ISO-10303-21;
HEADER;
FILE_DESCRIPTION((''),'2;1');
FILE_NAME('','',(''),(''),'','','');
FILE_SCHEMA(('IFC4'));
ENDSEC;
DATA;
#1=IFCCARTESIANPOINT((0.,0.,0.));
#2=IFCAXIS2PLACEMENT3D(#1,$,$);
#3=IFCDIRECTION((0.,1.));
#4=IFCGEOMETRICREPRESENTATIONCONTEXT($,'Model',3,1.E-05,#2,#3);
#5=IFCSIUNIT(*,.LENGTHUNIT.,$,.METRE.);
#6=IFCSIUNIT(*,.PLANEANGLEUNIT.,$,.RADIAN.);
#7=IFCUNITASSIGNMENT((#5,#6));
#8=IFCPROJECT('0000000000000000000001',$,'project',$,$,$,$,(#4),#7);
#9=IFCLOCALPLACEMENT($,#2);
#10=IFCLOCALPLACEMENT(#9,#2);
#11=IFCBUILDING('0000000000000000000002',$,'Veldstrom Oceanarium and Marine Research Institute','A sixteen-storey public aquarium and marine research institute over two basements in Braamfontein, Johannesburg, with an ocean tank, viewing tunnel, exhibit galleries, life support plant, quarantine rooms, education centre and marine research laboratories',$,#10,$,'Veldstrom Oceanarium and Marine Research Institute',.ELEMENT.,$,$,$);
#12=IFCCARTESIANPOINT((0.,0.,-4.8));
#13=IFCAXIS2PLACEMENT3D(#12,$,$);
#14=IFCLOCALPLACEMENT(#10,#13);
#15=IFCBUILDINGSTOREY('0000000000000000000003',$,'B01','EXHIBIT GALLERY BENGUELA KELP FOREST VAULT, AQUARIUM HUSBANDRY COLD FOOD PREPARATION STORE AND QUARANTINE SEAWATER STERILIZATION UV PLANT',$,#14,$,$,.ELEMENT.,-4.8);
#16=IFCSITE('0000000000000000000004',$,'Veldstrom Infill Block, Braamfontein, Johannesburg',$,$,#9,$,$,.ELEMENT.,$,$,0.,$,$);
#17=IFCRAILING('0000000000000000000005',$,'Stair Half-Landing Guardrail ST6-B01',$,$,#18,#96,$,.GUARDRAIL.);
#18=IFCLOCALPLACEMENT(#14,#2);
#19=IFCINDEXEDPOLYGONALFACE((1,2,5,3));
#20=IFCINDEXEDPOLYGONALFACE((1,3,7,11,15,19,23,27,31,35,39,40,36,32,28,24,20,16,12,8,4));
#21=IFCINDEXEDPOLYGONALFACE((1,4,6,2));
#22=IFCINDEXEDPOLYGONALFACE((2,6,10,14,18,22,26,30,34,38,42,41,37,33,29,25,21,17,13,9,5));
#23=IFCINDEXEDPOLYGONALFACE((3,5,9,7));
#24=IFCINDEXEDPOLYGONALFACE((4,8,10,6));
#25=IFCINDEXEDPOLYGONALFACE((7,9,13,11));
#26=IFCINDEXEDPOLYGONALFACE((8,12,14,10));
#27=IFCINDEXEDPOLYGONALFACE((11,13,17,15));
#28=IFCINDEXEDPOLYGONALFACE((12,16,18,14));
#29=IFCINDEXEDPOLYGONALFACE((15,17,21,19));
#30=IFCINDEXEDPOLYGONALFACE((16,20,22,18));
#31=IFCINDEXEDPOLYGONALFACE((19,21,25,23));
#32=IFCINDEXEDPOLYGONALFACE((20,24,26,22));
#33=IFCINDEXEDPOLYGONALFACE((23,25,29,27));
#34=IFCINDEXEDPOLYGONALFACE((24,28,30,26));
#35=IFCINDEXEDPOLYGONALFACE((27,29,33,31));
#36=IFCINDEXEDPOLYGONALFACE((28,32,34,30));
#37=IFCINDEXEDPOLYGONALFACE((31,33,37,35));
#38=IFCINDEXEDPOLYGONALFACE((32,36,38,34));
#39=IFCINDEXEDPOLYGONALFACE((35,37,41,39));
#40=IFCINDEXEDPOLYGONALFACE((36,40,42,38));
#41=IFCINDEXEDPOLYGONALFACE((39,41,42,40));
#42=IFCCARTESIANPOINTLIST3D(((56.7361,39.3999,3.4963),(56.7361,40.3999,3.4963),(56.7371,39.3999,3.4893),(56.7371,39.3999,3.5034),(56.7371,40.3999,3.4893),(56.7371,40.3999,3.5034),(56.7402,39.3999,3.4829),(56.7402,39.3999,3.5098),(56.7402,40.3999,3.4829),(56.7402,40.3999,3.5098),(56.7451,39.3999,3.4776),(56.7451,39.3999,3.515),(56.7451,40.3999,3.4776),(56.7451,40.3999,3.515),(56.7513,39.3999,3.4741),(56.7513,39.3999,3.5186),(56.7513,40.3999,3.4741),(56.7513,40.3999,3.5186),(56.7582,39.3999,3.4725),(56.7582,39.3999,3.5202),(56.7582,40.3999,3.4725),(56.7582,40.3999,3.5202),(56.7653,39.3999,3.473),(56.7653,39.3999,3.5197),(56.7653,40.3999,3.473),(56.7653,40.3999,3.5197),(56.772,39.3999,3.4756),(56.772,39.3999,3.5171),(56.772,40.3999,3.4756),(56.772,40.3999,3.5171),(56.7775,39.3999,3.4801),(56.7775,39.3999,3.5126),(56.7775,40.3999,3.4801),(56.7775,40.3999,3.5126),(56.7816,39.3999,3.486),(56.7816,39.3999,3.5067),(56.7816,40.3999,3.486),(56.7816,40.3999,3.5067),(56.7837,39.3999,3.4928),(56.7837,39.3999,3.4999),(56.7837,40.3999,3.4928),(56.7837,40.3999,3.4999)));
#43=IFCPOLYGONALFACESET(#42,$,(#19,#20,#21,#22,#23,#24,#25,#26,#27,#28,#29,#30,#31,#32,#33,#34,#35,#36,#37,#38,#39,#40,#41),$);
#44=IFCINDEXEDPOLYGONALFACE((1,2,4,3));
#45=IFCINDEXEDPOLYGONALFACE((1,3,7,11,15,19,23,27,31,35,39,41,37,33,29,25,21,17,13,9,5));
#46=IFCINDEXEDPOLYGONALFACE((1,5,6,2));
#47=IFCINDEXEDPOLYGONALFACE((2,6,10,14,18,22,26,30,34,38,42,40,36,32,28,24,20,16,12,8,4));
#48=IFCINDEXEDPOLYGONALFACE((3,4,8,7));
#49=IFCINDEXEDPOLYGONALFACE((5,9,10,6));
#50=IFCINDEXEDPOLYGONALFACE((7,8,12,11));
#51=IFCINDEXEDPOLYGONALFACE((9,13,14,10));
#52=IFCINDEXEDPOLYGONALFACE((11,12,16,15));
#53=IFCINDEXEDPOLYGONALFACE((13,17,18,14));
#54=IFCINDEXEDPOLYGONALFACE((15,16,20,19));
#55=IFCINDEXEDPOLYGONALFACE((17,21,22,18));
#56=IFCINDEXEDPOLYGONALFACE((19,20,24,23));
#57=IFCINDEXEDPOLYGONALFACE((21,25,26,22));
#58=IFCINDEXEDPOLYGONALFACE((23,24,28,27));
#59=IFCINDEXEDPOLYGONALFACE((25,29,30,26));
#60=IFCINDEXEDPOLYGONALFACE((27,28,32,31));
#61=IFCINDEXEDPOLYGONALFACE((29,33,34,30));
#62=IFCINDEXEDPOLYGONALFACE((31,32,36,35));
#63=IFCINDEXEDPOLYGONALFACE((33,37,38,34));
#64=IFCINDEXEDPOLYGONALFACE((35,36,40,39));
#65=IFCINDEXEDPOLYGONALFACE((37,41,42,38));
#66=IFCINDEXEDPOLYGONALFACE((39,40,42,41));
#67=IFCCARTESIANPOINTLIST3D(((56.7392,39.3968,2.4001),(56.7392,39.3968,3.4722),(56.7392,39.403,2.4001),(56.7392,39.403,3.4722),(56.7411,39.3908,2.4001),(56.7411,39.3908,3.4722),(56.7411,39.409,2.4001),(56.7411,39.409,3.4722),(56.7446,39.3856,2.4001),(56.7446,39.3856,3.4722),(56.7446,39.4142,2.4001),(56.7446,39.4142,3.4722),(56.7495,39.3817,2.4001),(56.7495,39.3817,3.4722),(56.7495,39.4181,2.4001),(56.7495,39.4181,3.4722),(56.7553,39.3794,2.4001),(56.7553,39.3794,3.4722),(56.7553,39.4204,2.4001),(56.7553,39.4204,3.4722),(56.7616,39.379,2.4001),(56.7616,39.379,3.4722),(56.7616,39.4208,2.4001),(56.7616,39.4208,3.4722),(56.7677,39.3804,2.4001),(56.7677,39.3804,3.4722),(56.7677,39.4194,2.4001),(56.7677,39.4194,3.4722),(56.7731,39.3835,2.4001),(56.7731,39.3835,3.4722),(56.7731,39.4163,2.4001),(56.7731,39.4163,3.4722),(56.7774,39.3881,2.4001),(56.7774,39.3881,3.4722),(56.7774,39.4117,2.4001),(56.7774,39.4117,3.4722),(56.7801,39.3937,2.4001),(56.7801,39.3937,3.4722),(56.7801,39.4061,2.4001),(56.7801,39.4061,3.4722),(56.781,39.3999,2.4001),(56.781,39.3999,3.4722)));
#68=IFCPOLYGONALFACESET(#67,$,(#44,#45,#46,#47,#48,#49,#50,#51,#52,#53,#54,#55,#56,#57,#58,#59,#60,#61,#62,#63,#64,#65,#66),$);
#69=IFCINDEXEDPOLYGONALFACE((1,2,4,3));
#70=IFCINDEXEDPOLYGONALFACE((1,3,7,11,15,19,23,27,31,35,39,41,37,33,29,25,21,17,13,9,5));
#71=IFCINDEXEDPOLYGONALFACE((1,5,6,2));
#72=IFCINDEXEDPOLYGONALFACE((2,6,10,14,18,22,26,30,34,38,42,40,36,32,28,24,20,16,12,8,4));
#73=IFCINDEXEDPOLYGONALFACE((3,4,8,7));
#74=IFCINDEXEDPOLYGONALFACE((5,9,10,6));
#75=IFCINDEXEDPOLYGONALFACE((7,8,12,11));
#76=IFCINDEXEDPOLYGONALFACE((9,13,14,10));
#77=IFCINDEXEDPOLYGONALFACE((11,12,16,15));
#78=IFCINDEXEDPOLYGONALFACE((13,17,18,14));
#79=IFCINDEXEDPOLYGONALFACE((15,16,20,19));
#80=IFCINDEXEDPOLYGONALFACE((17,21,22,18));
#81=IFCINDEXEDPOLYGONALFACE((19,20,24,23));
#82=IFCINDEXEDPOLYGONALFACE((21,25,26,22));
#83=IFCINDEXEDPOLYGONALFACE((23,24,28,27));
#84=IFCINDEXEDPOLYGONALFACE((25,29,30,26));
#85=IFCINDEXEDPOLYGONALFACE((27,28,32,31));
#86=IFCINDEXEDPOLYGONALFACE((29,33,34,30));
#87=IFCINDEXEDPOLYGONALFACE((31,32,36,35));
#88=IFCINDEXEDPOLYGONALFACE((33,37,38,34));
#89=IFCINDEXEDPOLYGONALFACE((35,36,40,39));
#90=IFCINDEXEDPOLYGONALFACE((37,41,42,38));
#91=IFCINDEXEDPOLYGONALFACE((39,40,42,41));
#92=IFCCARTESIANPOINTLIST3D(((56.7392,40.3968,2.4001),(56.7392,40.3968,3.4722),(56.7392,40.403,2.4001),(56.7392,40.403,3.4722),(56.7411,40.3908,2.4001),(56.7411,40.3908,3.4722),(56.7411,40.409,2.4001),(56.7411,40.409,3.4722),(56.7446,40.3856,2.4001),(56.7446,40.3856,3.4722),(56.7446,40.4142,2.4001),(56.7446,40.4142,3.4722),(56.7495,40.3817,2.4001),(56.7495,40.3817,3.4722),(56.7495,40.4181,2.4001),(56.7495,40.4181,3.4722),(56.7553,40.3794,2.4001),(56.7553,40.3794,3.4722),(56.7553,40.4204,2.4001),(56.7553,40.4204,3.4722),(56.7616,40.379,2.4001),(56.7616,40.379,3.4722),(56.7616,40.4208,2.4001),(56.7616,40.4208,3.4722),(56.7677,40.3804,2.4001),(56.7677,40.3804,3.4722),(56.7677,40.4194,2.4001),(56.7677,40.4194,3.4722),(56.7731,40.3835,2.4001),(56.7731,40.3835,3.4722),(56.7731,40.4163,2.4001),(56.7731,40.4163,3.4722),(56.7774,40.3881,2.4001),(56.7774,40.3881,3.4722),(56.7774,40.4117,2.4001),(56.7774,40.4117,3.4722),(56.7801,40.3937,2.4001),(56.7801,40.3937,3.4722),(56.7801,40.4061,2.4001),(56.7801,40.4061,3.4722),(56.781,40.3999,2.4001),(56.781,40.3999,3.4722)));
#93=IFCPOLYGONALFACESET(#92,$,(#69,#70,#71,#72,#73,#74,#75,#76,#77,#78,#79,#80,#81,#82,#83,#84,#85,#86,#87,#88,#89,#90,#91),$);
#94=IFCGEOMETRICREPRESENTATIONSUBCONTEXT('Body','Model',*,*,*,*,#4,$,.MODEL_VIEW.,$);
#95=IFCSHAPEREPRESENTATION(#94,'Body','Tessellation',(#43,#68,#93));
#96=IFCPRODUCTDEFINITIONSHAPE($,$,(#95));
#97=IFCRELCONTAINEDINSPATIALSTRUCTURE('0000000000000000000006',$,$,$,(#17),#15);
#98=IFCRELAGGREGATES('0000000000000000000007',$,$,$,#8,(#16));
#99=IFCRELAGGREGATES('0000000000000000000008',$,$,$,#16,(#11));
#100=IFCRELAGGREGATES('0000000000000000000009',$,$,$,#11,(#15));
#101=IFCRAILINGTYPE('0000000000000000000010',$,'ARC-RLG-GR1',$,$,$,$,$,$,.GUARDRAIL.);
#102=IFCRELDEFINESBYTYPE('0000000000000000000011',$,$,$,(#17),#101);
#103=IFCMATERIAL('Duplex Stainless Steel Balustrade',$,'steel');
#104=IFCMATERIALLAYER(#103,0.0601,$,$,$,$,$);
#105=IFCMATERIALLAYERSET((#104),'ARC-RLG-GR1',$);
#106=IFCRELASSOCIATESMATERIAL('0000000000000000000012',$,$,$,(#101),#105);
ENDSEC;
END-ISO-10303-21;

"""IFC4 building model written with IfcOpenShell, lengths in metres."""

from ifc_helpers import new_model, si_unit, direction, frame, origin, origin_2d, place, context, subcontext, project, spatial, circle, extrude, material, layer, layer_set, type_object, element, save


model = new_model("IFC4")

# Units and contexts
model_context = context("Model", 3, precision=1e-05, world=origin(), true_north=direction((0.0, 1.0)))
body_context = subcontext(model_context, "Body", "Model", "MODEL_VIEW")
ifc_project = project(units=[si_unit("LENGTHUNIT", "METRE"), si_unit("PLANEANGLEUNIT", "RADIAN")], contexts=[model_context])

# Site, building, storey
site_placement = place(None, origin())
site = spatial("IfcSite", under=ifc_project, at=site_placement, Name="Veldstrom Infill Block, Braamfontein, Johannesburg", CompositionType="ELEMENT", RefElevation=0.0)
building_placement = place(site_placement, origin())
building = spatial("IfcBuilding", under=site, at=building_placement, Name="Veldstrom Oceanarium and Marine Research Institute", Description="A sixteen-storey public aquarium and marine research institute over two basements in Braamfontein, Johannesburg, with an ocean tank, viewing tunnel, exhibit galleries, life support plant, quarantine rooms, education centre and marine research laboratories", LongName="Veldstrom Oceanarium and Marine Research Institute", CompositionType="ELEMENT")
storey_placement = place(building_placement, frame((0.0, 0.0, -4.8)))
storey = spatial("IfcBuildingStorey", under=building, at=storey_placement, Name="B01", Description="EXHIBIT GALLERY BENGUELA KELP FOREST VAULT, AQUARIUM HUSBANDRY COLD FOOD PREPARATION STORE AND QUARANTINE SEAWATER STERILIZATION UV PLANT", CompositionType="ELEMENT", Elevation=-4.8)

# Railing
ifc_material_1 = material(Name="Duplex Stainless Steel Balustrade", Category="steel")
ifc_layer_1 = layer(ifc_material_1, 0.0601)
ifc_layer_set_1 = layer_set([ifc_layer_1], Name="ARC-RLG-GR1")
railing_type_1 = type_object("IfcRailingType", Name="ARC-RLG-GR1", PredefinedType="GUARDRAIL", material=ifc_layer_set_1)
railing_1_placement = place(storey_placement, frame((56.76, 39.3999, 2.4001)))
element("IfcRailing", 1, at=railing_1_placement, inside=storey, type_object=railing_type_1, Name="Stair Half-Landing Guardrail ST6-B01", PredefinedType="GUARDRAIL", context=body_context, shape_type="SweptSolid", body=[
    extrude(circle(Radius=0.0239, at=origin_2d()), frame((0.0, 0.0, 1.0962), z_axis=(0.0, 1.0, 0.0), x_axis=(-1.0, 0.0, 0.0)), (0.0, 0.0, 1.0), 1.0),
    extrude(circle(Radius=0.021, at=origin_2d()), origin(), (0.0, 0.0, 1.0), 1.072),
    extrude(circle(Radius=0.021, at=origin_2d()), frame((0.0, 1.0, 0.0)), (0.0, 0.0, 1.0), 1.072),
])

save(model, "model.ifc")
